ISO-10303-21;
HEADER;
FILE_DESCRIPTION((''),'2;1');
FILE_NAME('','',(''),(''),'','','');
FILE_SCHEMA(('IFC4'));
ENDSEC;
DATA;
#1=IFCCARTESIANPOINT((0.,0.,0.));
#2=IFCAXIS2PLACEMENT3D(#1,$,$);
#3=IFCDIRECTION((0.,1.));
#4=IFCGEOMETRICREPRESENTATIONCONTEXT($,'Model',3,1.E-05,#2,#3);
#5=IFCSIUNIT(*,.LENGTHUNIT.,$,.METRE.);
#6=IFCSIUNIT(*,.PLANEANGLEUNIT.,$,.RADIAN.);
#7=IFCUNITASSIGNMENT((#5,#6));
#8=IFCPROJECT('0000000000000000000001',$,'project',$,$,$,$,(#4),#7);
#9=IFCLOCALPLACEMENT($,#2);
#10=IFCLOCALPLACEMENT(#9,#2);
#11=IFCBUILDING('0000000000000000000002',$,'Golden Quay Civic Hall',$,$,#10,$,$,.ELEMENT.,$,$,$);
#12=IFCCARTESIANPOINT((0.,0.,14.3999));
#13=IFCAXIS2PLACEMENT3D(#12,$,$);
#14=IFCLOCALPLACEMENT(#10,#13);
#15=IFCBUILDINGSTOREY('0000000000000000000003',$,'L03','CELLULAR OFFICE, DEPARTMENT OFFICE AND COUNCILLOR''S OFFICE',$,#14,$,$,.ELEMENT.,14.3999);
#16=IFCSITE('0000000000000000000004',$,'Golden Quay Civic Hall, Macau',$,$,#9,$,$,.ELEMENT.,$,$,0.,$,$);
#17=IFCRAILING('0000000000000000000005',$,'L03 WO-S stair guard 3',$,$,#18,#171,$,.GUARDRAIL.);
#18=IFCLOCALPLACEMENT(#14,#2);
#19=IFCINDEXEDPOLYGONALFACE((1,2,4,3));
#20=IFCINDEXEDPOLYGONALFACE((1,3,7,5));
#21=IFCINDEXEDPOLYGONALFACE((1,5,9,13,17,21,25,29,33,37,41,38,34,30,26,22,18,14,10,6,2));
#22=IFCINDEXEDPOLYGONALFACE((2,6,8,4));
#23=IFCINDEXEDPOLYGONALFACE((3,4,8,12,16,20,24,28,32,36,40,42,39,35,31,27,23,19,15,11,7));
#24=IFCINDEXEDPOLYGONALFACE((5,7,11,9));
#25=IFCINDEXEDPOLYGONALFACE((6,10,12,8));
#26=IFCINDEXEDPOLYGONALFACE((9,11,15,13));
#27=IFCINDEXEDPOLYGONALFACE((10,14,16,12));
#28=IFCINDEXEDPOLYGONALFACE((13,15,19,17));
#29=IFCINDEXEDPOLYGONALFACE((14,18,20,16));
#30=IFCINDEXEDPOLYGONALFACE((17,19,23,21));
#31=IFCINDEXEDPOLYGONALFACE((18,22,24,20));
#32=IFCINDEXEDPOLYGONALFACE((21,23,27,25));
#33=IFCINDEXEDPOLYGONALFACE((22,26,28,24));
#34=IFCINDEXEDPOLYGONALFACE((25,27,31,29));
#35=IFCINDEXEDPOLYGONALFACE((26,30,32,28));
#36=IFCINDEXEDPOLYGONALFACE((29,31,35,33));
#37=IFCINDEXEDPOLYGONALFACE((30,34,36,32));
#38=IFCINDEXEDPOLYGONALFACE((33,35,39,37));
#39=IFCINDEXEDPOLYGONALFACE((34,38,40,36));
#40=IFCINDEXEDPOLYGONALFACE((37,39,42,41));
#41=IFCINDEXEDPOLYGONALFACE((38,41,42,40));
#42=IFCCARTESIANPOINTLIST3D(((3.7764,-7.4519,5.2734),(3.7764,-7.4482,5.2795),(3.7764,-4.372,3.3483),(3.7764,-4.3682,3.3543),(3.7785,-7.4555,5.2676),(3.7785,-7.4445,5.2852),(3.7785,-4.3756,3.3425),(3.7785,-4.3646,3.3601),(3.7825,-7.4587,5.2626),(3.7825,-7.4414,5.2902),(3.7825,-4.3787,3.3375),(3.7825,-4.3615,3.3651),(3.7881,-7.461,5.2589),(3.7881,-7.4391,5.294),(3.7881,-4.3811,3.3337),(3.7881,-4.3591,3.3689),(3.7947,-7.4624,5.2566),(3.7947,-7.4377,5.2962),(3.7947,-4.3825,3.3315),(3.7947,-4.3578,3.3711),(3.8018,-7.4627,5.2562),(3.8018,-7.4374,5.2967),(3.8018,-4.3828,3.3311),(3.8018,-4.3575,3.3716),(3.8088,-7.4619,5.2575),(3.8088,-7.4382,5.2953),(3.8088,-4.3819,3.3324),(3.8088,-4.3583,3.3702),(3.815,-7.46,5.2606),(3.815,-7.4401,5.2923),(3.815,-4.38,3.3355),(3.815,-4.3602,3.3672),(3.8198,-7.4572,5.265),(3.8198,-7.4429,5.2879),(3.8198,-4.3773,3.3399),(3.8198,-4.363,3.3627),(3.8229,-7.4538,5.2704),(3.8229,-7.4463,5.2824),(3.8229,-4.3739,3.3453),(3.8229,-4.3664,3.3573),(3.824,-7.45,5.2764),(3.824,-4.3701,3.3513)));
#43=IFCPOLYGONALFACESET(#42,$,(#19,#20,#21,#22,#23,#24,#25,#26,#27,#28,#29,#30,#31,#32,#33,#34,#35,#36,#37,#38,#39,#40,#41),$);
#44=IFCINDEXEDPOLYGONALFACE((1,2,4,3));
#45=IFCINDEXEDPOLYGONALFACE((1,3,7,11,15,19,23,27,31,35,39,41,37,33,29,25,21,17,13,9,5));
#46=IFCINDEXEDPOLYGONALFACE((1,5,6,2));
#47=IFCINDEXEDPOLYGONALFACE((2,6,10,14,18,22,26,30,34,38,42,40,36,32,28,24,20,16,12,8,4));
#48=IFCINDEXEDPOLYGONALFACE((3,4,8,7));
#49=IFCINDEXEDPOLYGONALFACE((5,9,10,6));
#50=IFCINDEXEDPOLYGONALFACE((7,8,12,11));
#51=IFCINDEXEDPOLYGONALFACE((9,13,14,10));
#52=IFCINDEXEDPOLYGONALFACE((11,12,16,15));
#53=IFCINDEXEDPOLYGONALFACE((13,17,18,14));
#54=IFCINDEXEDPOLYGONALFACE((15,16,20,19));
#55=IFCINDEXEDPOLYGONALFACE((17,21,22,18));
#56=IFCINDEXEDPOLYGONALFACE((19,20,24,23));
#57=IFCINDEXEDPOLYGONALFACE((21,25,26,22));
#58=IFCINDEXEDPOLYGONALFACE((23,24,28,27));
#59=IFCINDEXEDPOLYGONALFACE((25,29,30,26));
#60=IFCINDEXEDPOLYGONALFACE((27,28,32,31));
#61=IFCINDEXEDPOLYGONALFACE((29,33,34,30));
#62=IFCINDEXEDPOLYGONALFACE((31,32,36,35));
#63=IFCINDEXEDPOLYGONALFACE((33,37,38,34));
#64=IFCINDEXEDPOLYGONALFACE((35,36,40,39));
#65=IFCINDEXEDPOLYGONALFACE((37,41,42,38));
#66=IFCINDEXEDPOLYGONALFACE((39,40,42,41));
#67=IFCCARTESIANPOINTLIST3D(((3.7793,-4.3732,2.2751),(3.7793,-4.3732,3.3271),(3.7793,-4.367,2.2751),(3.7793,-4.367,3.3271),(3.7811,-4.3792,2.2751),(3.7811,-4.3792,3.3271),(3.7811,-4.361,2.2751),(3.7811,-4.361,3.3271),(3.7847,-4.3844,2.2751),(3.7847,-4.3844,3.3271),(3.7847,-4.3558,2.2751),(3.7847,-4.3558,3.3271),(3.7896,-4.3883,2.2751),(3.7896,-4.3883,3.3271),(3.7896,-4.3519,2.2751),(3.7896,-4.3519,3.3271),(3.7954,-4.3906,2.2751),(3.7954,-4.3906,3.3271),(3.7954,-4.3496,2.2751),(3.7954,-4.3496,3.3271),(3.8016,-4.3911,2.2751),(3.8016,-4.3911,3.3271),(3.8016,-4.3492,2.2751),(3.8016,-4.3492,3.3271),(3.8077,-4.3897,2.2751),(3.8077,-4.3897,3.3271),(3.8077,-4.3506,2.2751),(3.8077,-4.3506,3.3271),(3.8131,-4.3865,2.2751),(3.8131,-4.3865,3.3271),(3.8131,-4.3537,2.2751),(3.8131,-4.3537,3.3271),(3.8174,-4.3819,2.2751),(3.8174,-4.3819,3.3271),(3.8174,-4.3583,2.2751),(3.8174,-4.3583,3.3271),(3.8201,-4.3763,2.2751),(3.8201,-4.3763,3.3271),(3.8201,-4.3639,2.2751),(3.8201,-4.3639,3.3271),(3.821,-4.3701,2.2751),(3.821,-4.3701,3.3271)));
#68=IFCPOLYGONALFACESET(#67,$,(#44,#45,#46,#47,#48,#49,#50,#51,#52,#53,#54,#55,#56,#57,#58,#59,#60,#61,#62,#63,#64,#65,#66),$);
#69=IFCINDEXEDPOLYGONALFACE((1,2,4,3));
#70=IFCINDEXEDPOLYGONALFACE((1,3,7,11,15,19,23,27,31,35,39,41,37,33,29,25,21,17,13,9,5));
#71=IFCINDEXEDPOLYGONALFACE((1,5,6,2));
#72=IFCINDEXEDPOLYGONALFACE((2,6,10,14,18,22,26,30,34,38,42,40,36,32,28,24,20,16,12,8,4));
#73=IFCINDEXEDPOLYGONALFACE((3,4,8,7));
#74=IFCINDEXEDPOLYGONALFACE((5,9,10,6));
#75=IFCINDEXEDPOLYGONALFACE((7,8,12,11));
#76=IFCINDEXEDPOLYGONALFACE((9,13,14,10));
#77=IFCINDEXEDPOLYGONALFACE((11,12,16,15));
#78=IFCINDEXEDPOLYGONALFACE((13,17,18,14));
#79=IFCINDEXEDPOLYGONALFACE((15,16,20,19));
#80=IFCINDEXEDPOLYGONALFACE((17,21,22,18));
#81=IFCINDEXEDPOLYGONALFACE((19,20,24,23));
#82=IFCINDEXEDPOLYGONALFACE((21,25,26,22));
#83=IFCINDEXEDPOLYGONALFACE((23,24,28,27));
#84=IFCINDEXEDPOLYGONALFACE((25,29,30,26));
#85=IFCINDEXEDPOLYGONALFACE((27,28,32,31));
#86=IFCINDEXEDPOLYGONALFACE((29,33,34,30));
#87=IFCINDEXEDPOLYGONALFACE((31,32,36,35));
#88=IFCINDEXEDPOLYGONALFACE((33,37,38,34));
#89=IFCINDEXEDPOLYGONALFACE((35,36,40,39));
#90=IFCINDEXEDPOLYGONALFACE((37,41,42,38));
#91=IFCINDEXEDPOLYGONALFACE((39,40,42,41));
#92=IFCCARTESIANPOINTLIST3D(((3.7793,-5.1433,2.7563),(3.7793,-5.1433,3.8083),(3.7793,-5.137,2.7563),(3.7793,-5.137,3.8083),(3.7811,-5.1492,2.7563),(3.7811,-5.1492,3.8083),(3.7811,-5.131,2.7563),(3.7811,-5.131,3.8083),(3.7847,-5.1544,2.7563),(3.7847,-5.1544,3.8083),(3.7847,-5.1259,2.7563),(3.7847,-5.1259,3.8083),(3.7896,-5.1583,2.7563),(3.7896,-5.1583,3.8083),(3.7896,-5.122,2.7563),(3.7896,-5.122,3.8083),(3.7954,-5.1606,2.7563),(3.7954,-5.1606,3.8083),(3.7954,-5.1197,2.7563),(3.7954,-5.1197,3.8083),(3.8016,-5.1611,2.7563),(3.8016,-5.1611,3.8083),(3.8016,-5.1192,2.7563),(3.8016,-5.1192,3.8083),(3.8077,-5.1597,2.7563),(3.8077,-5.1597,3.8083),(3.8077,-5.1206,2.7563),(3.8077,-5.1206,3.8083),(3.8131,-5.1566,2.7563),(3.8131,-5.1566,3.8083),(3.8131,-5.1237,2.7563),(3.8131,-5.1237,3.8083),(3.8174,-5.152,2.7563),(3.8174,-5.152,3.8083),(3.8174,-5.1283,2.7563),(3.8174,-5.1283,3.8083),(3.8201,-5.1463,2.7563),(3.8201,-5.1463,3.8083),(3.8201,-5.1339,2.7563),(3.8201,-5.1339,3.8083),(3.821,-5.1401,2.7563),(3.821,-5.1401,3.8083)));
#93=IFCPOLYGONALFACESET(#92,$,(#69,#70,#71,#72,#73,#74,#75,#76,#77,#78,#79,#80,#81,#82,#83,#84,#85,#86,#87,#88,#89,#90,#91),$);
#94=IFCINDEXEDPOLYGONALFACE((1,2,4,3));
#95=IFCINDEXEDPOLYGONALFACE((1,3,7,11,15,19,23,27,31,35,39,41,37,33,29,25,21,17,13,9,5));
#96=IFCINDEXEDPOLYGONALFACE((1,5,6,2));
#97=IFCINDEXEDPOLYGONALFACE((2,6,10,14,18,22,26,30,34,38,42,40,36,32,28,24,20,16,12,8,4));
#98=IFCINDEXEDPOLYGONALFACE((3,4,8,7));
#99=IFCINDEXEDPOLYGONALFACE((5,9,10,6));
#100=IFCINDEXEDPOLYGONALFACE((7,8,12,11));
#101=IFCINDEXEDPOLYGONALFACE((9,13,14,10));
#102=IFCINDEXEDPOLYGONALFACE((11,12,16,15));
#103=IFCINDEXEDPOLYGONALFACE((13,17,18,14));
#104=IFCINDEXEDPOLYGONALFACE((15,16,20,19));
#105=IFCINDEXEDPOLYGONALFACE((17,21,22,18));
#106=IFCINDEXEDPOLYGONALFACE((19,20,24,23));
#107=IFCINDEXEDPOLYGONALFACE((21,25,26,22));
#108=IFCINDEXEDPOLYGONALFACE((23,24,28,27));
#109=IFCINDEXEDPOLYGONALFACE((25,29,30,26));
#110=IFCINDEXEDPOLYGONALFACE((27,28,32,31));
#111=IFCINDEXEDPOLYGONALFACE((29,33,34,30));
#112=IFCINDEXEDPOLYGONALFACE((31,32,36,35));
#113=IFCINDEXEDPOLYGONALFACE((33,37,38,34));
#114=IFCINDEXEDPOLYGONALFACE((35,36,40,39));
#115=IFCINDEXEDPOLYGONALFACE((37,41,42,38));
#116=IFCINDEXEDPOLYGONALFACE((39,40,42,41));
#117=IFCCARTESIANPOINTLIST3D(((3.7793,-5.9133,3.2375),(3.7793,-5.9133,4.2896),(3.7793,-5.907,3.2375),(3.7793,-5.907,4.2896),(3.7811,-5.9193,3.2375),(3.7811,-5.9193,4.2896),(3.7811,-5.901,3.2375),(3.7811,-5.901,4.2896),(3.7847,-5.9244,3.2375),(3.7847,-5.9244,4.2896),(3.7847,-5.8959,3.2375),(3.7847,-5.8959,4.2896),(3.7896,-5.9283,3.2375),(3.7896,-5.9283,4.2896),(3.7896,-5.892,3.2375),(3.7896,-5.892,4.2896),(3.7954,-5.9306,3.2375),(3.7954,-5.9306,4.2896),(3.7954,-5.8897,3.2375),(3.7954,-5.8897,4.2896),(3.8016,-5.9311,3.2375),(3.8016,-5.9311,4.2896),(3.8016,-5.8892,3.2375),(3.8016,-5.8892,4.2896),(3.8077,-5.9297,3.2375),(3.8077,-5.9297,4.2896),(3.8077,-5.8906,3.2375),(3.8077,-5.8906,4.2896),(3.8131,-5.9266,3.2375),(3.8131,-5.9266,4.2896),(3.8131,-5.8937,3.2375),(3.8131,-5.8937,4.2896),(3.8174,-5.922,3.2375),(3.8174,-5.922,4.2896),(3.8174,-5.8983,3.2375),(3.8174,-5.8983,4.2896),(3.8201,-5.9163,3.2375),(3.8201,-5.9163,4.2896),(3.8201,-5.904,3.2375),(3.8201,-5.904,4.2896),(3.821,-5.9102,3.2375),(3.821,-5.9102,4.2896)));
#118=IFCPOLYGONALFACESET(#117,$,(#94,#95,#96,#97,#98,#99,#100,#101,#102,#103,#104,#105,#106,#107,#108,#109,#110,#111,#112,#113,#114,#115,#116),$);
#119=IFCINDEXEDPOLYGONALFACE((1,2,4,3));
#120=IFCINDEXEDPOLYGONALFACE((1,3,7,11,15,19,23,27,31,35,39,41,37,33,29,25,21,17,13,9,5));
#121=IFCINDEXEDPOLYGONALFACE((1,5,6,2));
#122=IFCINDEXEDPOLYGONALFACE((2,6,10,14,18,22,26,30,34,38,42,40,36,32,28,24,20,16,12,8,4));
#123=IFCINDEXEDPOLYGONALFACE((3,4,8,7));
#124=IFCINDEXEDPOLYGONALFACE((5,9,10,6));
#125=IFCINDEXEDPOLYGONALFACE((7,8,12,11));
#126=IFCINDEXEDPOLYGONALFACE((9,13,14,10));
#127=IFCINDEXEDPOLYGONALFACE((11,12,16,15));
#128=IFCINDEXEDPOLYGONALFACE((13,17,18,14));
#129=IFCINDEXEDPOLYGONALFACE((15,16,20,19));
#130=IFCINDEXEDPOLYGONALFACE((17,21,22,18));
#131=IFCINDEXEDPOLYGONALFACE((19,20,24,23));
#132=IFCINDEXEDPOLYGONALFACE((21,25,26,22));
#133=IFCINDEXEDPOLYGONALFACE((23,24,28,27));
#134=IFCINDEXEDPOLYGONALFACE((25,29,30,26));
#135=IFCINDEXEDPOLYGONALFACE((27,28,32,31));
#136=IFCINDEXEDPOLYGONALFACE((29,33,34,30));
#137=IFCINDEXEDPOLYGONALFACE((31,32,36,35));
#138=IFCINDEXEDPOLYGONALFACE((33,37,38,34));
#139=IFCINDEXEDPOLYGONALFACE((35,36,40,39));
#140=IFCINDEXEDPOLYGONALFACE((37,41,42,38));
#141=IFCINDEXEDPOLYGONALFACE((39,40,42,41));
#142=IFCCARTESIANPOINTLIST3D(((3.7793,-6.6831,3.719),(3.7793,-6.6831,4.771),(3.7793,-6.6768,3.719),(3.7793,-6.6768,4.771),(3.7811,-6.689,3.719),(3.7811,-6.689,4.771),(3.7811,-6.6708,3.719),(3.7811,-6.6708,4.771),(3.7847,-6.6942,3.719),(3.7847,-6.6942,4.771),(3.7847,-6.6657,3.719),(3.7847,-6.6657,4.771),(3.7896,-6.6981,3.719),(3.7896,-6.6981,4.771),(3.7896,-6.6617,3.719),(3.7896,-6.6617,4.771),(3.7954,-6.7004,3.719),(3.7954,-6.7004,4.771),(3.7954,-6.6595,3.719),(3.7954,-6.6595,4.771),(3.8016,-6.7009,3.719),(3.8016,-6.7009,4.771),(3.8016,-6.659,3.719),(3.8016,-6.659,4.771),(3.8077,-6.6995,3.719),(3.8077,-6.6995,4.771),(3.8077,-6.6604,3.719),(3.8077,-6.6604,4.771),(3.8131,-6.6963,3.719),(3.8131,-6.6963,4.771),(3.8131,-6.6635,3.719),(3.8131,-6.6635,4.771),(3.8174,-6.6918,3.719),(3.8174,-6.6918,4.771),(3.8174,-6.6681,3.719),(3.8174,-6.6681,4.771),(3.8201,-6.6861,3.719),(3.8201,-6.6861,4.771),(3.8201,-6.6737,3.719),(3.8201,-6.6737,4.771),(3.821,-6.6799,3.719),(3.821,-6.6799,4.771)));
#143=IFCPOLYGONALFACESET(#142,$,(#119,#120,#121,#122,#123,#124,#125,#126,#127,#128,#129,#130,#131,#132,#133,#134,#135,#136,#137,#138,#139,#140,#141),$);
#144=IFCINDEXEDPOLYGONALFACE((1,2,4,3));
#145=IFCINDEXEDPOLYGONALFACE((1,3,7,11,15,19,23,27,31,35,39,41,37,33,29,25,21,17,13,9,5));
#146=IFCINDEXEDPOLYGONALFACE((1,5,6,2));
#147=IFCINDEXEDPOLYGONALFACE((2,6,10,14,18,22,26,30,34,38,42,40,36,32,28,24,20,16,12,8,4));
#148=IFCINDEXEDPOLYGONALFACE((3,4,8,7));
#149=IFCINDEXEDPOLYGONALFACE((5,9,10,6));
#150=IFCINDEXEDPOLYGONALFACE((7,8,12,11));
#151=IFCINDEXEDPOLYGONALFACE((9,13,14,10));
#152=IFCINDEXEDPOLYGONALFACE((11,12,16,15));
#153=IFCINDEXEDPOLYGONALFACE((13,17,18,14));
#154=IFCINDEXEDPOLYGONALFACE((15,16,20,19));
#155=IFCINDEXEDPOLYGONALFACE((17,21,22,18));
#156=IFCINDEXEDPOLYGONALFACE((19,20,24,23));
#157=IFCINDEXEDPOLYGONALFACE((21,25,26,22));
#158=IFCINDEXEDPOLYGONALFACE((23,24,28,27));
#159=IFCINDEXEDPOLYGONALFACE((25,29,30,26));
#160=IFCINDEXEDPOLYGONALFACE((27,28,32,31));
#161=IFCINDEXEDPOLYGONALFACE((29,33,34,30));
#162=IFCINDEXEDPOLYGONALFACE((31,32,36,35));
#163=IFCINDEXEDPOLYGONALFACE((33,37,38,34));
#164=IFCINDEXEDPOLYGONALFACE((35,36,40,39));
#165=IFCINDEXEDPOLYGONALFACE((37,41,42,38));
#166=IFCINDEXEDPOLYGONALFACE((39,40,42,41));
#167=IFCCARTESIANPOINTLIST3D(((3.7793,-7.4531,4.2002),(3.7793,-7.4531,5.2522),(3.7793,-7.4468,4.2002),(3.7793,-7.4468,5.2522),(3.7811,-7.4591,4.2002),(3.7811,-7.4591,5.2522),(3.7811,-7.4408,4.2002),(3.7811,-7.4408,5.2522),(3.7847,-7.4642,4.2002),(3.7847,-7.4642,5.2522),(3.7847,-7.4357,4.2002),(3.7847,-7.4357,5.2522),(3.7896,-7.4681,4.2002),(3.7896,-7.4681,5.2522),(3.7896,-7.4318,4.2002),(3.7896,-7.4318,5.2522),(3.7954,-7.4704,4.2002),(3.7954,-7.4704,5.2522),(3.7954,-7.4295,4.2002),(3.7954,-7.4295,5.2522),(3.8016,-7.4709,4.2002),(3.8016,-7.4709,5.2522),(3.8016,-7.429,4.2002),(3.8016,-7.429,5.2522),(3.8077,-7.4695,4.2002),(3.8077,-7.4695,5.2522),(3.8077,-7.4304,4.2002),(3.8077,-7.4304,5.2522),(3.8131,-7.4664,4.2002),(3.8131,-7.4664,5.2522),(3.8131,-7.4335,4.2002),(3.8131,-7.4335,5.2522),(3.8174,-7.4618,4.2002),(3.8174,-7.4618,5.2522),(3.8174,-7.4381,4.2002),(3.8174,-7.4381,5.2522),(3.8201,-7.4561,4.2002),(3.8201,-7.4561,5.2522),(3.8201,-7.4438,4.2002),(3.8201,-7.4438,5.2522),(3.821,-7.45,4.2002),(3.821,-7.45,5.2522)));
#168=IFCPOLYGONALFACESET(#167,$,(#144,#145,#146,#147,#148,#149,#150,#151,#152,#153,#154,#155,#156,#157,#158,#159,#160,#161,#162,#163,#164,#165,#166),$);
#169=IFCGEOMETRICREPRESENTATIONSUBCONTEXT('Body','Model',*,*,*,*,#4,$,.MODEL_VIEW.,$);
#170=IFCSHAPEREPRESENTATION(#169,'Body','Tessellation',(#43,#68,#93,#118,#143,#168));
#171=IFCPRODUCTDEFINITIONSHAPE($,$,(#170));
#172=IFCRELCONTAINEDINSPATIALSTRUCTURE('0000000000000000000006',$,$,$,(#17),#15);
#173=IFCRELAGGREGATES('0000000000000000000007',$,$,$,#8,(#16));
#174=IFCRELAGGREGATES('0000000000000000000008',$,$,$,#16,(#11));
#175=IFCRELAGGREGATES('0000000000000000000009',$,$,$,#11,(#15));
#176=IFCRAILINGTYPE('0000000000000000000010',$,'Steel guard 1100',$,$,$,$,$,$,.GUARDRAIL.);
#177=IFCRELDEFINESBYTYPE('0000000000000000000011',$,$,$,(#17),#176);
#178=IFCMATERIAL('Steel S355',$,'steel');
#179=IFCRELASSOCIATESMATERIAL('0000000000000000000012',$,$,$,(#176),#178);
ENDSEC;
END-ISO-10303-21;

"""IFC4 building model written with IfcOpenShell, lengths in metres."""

from ifc_helpers import new_model, si_unit, direction, frame, origin, origin_2d, place, context, subcontext, project, spatial, circle, extrude, material, type_object, element, save


model = new_model("IFC4")

# Units and contexts
model_context = context("Model", 3, precision=1e-05, world=origin(), true_north=direction((0.0, 1.0)))
body_context = subcontext(model_context, "Body", "Model", "MODEL_VIEW")
ifc_project = project(units=[si_unit("LENGTHUNIT", "METRE"), si_unit("PLANEANGLEUNIT", "RADIAN")], contexts=[model_context])

# Site, building, storey
site_placement = place(None, origin())
site = spatial("IfcSite", under=ifc_project, at=site_placement, Name="Golden Quay Civic Hall, Macau", CompositionType="ELEMENT", RefElevation=0.0)
building_placement = place(site_placement, origin())
building = spatial("IfcBuilding", under=site, at=building_placement, Name="Golden Quay Civic Hall", CompositionType="ELEMENT")
storey_placement = place(building_placement, frame((0.0, 0.0, 14.3999)))
storey = spatial("IfcBuildingStorey", under=building, at=storey_placement, Name="L03", Description="CELLULAR OFFICE, DEPARTMENT OFFICE AND COUNCILLOR'S OFFICE", CompositionType="ELEMENT", Elevation=14.3999)

# Railing
ifc_material_1 = material(Name="Steel S355", Category="steel")
railing_type_1 = type_object("IfcRailingType", Name="Steel guard 1100", PredefinedType="GUARDRAIL", material=ifc_material_1)
railing_1_placement = place(storey_placement, frame((3.8, -4.3701, 2.2751)))
element("IfcRailing", 1, at=railing_1_placement, inside=storey, type_object=railing_type_1, Name="L03 WO-S stair guard 3", PredefinedType="GUARDRAIL", context=body_context, shape_type="SweptSolid", body=[
    extrude(circle(Radius=0.0239, at=origin_2d()), frame((0.0, 0.0, 1.0762), z_axis=(0.0, -0.847979, 0.530029), x_axis=(1.0, 0.0, 0.0)), (0.0, 0.0, 1.0), 3.6321),
    extrude(circle(Radius=0.021, at=origin_2d()), origin(), (0.0, 0.0, 1.0), 1.052),
    extrude(circle(Radius=0.021, at=origin_2d()), frame((0.0, -0.77, 0.4812)), (0.0, 0.0, 1.0), 1.052),
    extrude(circle(Radius=0.021, at=origin_2d()), frame((0.0, -1.54, 0.9624)), (0.0, 0.0, 1.0), 1.052),
    extrude(circle(Radius=0.021, at=origin_2d()), frame((0.0, -2.3098, 1.4438)), (0.0, 0.0, 1.0), 1.052),
    extrude(circle(Radius=0.021, at=origin_2d()), frame((0.0, -3.0798, 1.925)), (0.0, 0.0, 1.0), 1.052),
])

save(model, "model.ifc")
